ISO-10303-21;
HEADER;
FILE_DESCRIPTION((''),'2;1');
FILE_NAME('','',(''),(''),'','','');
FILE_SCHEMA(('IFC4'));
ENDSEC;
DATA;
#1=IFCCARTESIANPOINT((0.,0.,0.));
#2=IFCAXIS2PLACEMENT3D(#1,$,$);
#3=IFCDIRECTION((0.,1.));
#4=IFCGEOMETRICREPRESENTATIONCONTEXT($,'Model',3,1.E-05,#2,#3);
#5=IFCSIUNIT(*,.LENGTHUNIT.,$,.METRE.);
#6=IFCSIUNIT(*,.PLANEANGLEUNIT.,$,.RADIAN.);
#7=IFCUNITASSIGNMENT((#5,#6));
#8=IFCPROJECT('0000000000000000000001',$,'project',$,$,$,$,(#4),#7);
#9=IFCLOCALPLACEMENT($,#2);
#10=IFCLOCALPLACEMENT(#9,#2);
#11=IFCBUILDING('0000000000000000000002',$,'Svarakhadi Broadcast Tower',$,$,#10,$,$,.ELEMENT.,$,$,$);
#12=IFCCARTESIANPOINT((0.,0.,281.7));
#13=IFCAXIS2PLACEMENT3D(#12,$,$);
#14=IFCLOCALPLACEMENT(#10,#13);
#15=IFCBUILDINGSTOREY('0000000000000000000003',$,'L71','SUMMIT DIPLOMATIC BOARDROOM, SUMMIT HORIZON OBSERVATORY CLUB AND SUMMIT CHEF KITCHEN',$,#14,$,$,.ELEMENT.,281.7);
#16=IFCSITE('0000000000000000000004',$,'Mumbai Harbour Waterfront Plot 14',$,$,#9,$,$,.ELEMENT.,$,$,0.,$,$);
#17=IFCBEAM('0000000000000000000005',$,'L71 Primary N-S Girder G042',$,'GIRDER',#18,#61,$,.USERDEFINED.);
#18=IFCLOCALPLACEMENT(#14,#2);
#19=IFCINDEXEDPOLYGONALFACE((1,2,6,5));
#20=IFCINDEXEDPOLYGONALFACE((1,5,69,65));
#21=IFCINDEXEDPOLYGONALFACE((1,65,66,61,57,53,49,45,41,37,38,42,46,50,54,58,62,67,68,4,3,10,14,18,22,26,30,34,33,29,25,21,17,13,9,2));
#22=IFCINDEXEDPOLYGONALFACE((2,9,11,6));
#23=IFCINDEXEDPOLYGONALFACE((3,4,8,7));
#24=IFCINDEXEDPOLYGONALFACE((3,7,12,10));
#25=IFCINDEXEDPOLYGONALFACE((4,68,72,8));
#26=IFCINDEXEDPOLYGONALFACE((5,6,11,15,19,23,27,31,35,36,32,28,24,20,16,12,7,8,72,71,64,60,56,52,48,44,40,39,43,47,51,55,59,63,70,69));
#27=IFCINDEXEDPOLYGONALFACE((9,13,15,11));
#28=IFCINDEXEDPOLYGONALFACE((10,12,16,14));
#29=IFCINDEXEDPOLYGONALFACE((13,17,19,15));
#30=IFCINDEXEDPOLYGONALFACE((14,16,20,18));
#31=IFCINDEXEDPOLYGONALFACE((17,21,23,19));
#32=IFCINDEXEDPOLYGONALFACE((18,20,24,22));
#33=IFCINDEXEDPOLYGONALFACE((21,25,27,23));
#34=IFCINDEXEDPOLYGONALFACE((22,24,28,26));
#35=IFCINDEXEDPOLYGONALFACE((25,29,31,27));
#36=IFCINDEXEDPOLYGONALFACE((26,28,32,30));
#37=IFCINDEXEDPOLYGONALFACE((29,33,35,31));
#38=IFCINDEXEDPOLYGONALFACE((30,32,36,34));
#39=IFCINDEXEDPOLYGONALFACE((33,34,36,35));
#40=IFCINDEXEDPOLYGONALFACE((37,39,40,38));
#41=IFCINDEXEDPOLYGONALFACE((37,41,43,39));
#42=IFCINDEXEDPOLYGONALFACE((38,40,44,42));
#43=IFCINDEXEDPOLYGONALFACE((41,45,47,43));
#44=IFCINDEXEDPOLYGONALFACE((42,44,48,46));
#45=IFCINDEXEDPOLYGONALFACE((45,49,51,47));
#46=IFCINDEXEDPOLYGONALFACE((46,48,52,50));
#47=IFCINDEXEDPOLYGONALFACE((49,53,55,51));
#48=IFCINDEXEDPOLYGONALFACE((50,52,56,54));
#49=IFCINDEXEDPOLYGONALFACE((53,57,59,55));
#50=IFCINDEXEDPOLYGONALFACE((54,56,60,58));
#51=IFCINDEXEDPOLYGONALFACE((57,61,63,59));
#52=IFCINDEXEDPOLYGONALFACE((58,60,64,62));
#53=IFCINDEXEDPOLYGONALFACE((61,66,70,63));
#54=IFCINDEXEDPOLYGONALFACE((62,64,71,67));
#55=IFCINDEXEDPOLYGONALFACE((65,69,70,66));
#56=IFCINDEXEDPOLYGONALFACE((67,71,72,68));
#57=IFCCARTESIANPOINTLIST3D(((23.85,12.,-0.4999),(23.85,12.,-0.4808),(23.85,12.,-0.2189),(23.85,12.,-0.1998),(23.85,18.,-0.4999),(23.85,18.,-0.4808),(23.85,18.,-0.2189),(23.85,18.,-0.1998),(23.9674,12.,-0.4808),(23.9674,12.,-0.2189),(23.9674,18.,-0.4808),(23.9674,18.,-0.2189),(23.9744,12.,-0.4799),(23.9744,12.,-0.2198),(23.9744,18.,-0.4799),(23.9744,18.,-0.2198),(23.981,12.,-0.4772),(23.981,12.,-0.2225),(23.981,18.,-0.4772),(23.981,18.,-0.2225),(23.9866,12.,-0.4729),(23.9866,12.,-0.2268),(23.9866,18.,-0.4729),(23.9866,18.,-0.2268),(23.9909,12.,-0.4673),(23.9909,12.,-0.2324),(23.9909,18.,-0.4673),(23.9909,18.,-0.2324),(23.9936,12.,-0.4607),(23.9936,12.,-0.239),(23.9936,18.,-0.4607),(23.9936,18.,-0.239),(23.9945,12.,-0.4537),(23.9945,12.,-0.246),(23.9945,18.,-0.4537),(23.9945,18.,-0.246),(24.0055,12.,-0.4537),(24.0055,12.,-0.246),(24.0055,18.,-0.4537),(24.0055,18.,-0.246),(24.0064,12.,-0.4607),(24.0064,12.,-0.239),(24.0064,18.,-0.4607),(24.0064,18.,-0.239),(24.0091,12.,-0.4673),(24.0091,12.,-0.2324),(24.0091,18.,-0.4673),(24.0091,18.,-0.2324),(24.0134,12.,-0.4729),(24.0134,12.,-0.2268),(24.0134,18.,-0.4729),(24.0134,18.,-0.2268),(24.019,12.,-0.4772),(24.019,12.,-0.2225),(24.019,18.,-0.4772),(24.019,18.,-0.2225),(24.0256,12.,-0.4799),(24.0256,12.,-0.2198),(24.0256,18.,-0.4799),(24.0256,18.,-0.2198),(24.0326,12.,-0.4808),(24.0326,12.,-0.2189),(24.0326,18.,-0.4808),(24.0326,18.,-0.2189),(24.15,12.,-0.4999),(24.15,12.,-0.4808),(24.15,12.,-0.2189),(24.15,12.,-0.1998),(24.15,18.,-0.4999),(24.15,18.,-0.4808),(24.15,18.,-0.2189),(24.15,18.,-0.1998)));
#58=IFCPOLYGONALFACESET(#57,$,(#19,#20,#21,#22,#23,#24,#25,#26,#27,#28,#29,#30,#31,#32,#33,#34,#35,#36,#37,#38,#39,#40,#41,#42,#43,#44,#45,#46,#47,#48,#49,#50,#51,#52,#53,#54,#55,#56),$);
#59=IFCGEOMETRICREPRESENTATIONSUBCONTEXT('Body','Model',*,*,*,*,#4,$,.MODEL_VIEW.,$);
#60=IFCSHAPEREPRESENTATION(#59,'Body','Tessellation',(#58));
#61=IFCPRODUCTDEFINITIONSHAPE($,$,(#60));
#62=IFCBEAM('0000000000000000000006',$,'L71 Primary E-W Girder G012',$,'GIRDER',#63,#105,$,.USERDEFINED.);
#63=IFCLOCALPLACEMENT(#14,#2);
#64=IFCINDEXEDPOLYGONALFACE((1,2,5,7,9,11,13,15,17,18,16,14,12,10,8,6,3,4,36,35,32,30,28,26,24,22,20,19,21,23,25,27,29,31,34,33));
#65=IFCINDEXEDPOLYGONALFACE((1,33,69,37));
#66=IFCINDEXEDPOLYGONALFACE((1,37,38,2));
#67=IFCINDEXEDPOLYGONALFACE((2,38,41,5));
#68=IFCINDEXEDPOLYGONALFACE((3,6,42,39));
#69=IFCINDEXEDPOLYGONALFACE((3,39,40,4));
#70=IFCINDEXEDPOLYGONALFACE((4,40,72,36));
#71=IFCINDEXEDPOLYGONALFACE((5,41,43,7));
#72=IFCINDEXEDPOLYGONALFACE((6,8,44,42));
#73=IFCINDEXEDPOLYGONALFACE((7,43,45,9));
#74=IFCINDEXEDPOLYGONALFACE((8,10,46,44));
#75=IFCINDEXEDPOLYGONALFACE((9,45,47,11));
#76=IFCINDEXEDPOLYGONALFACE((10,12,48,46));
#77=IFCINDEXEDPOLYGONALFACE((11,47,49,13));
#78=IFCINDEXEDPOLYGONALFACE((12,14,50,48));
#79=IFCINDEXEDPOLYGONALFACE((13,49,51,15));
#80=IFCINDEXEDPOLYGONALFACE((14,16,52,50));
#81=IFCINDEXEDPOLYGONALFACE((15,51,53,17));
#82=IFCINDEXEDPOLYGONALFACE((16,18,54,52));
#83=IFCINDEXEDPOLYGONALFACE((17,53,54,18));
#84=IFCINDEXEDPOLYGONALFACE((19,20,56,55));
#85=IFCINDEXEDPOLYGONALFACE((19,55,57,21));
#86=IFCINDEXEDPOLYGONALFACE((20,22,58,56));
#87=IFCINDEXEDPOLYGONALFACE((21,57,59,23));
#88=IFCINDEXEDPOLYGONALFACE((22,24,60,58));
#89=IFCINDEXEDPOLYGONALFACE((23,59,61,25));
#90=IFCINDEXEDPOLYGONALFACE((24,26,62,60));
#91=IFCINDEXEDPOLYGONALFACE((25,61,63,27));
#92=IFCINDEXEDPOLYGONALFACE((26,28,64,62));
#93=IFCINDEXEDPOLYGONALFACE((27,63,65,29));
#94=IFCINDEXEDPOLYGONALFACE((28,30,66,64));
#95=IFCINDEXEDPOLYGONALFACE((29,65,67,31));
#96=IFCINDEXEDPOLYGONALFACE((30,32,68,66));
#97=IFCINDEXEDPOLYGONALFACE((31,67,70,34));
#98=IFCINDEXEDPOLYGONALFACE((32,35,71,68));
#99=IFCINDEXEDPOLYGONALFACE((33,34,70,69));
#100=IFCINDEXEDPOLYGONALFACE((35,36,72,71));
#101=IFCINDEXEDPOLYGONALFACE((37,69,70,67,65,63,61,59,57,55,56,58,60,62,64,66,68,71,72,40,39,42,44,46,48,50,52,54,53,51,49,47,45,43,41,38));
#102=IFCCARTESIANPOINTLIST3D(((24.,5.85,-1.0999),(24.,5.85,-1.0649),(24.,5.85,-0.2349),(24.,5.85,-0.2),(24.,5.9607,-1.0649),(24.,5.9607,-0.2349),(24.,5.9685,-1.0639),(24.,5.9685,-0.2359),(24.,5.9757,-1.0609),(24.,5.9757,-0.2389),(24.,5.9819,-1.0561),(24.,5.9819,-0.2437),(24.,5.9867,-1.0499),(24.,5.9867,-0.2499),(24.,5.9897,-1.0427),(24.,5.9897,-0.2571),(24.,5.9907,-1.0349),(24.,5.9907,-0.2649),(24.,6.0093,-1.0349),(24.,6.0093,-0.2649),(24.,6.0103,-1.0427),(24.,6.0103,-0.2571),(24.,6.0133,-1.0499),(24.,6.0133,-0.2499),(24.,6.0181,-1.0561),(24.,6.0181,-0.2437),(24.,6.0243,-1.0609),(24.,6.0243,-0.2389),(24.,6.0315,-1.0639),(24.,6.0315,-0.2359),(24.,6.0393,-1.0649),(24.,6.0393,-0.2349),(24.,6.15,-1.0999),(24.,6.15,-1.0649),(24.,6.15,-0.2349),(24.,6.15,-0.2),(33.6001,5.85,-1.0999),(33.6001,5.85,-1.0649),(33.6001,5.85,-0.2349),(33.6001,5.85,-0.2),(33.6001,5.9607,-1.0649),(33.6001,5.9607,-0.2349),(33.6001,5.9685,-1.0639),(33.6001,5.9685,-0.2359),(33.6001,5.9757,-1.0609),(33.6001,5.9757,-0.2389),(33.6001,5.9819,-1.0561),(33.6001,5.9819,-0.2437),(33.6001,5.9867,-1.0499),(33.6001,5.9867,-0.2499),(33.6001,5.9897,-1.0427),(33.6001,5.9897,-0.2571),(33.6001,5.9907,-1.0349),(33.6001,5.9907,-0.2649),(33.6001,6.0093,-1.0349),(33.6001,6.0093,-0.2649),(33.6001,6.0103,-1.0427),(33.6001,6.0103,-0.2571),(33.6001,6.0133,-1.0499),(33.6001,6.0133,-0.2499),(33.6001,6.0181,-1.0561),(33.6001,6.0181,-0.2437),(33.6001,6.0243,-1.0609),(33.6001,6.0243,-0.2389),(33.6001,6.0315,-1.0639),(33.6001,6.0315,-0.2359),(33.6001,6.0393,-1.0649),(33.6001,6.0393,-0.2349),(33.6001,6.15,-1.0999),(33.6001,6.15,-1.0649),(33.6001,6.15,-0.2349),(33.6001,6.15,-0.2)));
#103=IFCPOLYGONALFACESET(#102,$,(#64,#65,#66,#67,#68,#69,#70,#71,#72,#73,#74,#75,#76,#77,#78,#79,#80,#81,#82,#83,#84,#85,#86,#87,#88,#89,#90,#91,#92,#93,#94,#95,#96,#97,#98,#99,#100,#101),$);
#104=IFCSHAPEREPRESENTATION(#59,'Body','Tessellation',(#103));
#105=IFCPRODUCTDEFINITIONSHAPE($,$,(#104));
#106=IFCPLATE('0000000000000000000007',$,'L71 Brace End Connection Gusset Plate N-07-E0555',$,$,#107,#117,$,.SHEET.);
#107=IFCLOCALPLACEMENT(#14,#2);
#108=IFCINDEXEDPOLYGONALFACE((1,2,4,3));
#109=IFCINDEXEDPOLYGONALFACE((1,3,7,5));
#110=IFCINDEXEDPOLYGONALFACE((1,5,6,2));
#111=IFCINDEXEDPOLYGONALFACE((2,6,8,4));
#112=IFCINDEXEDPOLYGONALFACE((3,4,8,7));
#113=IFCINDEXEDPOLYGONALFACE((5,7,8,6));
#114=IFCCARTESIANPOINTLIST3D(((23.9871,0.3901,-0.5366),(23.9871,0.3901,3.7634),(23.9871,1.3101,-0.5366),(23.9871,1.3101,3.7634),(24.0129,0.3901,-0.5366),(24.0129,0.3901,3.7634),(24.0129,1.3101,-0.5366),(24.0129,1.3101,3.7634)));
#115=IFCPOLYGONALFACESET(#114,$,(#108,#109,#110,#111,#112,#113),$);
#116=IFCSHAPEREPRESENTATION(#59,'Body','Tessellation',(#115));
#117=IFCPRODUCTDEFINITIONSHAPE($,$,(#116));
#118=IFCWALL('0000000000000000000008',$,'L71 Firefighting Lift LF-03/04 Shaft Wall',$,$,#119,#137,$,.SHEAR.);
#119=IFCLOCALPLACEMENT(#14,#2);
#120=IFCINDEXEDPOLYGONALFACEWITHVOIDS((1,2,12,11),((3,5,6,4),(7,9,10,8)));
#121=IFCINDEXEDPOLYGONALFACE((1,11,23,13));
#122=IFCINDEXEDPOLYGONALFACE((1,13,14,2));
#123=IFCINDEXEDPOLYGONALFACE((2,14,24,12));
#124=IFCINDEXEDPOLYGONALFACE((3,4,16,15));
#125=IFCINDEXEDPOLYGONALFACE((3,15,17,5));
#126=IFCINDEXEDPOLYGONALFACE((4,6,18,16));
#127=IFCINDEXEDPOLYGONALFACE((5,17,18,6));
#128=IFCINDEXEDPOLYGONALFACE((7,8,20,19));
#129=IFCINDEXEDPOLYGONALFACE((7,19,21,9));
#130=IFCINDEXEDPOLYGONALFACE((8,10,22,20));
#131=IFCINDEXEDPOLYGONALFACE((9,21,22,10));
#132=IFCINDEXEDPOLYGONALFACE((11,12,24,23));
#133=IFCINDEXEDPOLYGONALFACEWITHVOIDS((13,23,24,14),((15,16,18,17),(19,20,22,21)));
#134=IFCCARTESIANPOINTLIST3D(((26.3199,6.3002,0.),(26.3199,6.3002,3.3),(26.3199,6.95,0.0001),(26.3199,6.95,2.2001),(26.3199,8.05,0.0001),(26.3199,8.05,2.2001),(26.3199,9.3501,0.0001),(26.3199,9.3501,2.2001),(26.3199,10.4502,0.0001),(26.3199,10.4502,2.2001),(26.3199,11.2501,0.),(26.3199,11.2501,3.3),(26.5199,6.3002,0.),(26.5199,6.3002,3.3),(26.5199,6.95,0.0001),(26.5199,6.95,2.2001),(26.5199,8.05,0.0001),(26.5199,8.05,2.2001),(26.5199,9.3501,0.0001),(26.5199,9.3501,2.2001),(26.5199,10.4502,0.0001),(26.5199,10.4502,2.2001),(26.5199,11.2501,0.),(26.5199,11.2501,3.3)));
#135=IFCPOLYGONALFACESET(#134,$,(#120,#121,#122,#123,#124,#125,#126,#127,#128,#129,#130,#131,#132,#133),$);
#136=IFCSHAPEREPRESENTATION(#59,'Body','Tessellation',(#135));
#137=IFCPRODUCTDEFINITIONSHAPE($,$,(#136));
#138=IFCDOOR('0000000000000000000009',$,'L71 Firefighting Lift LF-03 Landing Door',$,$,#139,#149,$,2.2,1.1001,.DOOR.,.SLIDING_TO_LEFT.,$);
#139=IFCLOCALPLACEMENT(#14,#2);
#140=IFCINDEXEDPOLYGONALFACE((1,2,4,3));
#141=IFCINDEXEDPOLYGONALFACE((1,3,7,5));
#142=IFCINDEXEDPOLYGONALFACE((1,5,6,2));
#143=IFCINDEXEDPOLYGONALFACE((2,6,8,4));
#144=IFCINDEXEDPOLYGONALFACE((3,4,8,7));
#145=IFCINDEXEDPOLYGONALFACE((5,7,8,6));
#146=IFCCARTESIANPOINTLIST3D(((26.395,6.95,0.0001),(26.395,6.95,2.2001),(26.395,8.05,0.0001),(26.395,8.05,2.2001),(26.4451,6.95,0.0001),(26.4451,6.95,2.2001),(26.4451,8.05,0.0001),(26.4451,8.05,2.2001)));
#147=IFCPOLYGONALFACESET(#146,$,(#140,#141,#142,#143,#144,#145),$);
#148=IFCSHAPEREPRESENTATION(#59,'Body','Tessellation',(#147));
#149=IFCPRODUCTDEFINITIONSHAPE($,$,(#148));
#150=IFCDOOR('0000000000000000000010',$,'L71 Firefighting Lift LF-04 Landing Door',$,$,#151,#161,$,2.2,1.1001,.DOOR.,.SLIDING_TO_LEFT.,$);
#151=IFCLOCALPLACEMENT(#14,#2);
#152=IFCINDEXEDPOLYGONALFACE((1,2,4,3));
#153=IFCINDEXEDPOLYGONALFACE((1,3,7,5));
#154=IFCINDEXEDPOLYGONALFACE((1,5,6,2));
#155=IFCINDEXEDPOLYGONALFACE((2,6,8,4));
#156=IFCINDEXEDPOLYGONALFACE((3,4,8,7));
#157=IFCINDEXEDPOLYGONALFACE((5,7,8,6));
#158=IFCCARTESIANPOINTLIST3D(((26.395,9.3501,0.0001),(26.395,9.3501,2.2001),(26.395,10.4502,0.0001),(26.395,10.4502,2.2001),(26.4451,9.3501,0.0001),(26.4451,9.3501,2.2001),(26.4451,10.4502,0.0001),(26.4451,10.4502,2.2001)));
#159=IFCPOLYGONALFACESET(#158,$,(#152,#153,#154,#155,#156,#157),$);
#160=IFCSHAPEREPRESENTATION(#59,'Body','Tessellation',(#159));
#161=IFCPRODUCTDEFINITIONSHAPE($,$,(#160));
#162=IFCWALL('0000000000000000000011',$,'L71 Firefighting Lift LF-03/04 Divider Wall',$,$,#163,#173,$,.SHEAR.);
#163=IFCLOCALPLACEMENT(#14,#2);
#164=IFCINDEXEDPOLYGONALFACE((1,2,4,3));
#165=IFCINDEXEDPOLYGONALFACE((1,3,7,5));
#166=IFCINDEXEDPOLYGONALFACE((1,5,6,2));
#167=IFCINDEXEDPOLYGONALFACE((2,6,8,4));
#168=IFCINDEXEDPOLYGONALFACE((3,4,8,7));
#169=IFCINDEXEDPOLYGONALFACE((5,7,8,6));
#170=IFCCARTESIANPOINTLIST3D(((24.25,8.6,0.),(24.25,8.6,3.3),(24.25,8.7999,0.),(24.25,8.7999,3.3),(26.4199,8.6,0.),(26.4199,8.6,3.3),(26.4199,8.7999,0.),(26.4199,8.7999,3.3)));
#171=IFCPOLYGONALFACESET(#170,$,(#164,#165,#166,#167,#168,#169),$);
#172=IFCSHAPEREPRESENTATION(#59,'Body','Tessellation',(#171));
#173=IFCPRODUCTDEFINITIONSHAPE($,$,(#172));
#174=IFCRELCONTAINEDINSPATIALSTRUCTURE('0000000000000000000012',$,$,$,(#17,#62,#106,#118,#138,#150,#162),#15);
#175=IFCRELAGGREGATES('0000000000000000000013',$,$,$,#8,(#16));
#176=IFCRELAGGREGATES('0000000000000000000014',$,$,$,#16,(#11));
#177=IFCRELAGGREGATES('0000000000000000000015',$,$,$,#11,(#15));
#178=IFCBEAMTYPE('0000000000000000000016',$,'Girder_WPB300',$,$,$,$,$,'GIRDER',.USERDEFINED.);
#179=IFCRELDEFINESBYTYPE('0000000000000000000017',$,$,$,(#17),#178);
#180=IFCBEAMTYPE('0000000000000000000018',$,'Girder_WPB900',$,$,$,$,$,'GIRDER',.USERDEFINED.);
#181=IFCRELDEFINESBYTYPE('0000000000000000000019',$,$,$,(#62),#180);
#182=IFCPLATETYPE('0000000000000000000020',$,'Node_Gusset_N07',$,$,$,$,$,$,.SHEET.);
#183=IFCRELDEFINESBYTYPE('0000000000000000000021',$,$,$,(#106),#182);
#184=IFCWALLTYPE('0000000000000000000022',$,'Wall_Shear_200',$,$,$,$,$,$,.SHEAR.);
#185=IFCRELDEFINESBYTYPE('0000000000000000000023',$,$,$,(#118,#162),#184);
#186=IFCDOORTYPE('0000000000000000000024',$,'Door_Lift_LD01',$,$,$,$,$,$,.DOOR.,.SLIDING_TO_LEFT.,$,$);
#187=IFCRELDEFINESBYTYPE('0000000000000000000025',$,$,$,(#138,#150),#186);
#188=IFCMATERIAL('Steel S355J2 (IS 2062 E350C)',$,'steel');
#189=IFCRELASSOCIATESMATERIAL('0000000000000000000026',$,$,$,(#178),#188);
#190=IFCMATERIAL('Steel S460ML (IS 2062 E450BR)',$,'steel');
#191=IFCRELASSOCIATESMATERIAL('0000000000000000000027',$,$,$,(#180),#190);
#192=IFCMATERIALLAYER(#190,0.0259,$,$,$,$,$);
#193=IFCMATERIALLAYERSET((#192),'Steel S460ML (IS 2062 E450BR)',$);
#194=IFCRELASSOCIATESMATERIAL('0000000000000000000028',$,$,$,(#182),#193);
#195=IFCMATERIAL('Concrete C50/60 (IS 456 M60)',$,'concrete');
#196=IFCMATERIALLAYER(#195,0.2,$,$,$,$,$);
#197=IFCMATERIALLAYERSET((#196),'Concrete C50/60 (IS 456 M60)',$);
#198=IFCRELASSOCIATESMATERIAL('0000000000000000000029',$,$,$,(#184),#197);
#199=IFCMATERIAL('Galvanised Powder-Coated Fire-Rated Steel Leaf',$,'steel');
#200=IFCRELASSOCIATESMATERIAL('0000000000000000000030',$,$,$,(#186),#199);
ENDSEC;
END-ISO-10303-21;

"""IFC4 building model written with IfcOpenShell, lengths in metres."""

from ifc_helpers import new_model, si_unit, direction, frame, frame_2d, origin, origin_2d, place, context, subcontext, project, spatial, rectangle, i_section, extrude, material, layer, layer_set, material_profile, profile_set, type_object, element, fill, save


model = new_model("IFC4")

# Units and contexts
model_context = context("Model", 3, precision=1e-05, world=origin(), true_north=direction((0.0, 1.0)))
body_context = subcontext(model_context, "Body", "Model", "MODEL_VIEW")
ifc_project = project(units=[si_unit("LENGTHUNIT", "METRE"), si_unit("PLANEANGLEUNIT", "RADIAN")], contexts=[model_context])

# Site, building, storey
site_placement = place(None, origin())
site = spatial("IfcSite", under=ifc_project, at=site_placement, Name="Mumbai Harbour Waterfront Plot 14", CompositionType="ELEMENT", RefElevation=0.0)
building_placement = place(site_placement, origin())
building = spatial("IfcBuilding", under=site, at=building_placement, Name="Svarakhadi Broadcast Tower", CompositionType="ELEMENT")
storey_placement = place(building_placement, frame((0.0, 0.0, 281.7)))
storey = spatial("IfcBuildingStorey", under=building, at=storey_placement, Name="L71", Description="SUMMIT DIPLOMATIC BOARDROOM, SUMMIT HORIZON OBSERVATORY CLUB AND SUMMIT CHEF KITCHEN", CompositionType="ELEMENT", Elevation=281.7)

# Shared definitions
ifc_material_1 = material(Name="Concrete C50/60 (IS 456 M60)", Category="concrete")
ifc_material_2 = material(Name="Steel S460ML (IS 2062 E450BR)", Category="steel")

# Beams
ifc_material_3 = material(Name="Steel S355J2 (IS 2062 E350C)", Category="steel")
ifc_material_profile_1 = material_profile(ifc_material_3, i_section(OverallWidth=0.3, OverallDepth=0.3, WebThickness=0.011, FlangeThickness=0.019, FilletRadius=0.0271, at=origin_2d()), Name="WPB 300x300x117")
ifc_profile_set_1 = profile_set([ifc_material_profile_1], Name="Steel S355J2 (IS 2062 E350C)")
beam_type_1 = type_object("IfcBeamType", Name="Girder_WPB300", ElementType="GIRDER", PredefinedType="USERDEFINED", material=ifc_profile_set_1)
for number, where, z_axis, x_axis, name in (
    (1, (24.0, 12.0, -0.3499), (0.0, 1.0, 0.0), (-1.0, 0.0, 0.0), "L71 Primary N-S Girder G042"),
):
    element("IfcBeam", number, at=place(storey_placement, frame(where, z_axis=z_axis, x_axis=x_axis)), inside=storey, type_object=beam_type_1, Name=name, ObjectType="GIRDER", PredefinedType="USERDEFINED", context=body_context, shape_type="SweptSolid", body=[
        extrude(i_section(OverallWidth=0.3, OverallDepth=0.3, WebThickness=0.011, FlangeThickness=0.019, FilletRadius=0.0271, at=origin_2d()), origin(), (0.0, 0.0, 1.0), 6.0),
    ])
ifc_material_profile_2 = material_profile(ifc_material_2, i_section(OverallWidth=0.3, OverallDepth=0.8999, WebThickness=0.0186, FlangeThickness=0.0349, FilletRadius=0.03, at=origin_2d()), Name="WPB 900x300x291")
ifc_profile_set_2 = profile_set([ifc_material_profile_2], Name="Steel S460ML (IS 2062 E450BR)")
beam_type_2 = type_object("IfcBeamType", Name="Girder_WPB900", ElementType="GIRDER", PredefinedType="USERDEFINED", material=ifc_profile_set_2)
beam_1_placement = place(storey_placement, frame((24.0, 6.0, -0.6499), z_axis=(1.0, 0.0, 0.0), x_axis=(0.0, 1.0, 0.0)))
element("IfcBeam", 2, at=beam_1_placement, inside=storey, type_object=beam_type_2, Name="L71 Primary E-W Girder G012", ObjectType="GIRDER", PredefinedType="USERDEFINED", context=body_context, shape_type="SweptSolid", body=[
    extrude(i_section(OverallWidth=0.3, OverallDepth=0.8999, WebThickness=0.0186, FlangeThickness=0.0349, FilletRadius=0.03, at=origin_2d()), origin(), (0.0, 0.0, 1.0), 9.6001),
])

# Plate
ifc_layer_1 = layer(ifc_material_2, 0.0259)
ifc_layer_set_1 = layer_set([ifc_layer_1], Name="Steel S460ML (IS 2062 E450BR)")
plate_type = type_object("IfcPlateType", Name="Node_Gusset_N07", PredefinedType="SHEET", material=ifc_layer_set_1)
plate_placement = place(storey_placement, frame((24.0, 0.8501, -0.5366), z_axis=(0.0, 0.0, 1.0), x_axis=(0.0, 1.0, 0.0)))
element("IfcPlate", 3, at=plate_placement, inside=storey, type_object=plate_type, Name="L71 Brace End Connection Gusset Plate N-07-E0555", PredefinedType="SHEET", context=body_context, shape_type="SweptSolid", body=[
    extrude(rectangle(XDim=0.9199, YDim=0.0259, at=origin_2d()), origin(), (0.0, 0.0, 1.0), 4.3),
])

# Wall, openings, doors
ifc_layer_2 = layer(ifc_material_1, 0.2)
ifc_layer_set_2 = layer_set([ifc_layer_2], Name="Concrete C50/60 (IS 456 M60)")
wall_type_1 = type_object("IfcWallType", Name="Wall_Shear_200", PredefinedType="SHEAR", material=ifc_layer_set_2)
wall_1_placement = place(storey_placement, frame((26.4199, 6.3, 0.0), z_axis=(0.0, 0.0, 1.0), x_axis=(0.0, 1.0, 0.0)))
wall_1 = element("IfcWall", 4, at=wall_1_placement, inside=storey, type_object=wall_type_1, Name="L71 Firefighting Lift LF-03/04 Shaft Wall", PredefinedType="SHEAR", context=body_context, shape_type="SweptSolid", body=[
    extrude(rectangle(XDim=4.95, YDim=0.2, at=frame_2d((2.4751, 0.0))), origin(), (0.0, 0.0, 1.0), 3.3),
])
opening_1_placement = place(wall_1_placement, frame((0.6499, 0.0, 0.0)))
opening_1 = element("IfcOpeningElement", 5, at=opening_1_placement, cuts=wall_1, PredefinedType="OPENING", context=body_context, shape_type="SweptSolid", body=[
    extrude(rectangle(XDim=1.1001, YDim=2.2, at=frame_2d((0.55, 1.1001))), frame((0.0, 0.1099, 0.0), z_axis=(0.0, -1.0, 0.0), x_axis=(1.0, 0.0, 0.0)), (0.0, 0.0, 1.0), 0.22),
])
opening_2_placement = place(wall_1_placement, frame((3.05, 0.0, 0.0)))
opening_2 = element("IfcOpeningElement", 6, at=opening_2_placement, cuts=wall_1, PredefinedType="OPENING", context=body_context, shape_type="SweptSolid", body=[
    extrude(rectangle(XDim=1.1001, YDim=2.2, at=frame_2d((0.55, 1.1001))), frame((0.0, 0.1099, 0.0), z_axis=(0.0, -1.0, 0.0), x_axis=(1.0, 0.0, 0.0)), (0.0, 0.0, 1.0), 0.22),
])
ifc_material_4 = material(Name="Galvanised Powder-Coated Fire-Rated Steel Leaf", Category="steel")
door_type_1 = type_object("IfcDoorType", Name="Door_Lift_LD01", OperationType="SLIDING_TO_LEFT", PredefinedType="DOOR", material=ifc_material_4)
door_1_placement = place(opening_1_placement, origin())
door_1 = element("IfcDoor", 7, at=door_1_placement, inside=storey, type_object=door_type_1, Name="L71 Firefighting Lift LF-03 Landing Door", OperationType="SLIDING_TO_LEFT", OverallHeight=2.2, OverallWidth=1.1001, PredefinedType="DOOR", context=body_context, shape_type="SweptSolid", body=[
    extrude(rectangle(XDim=1.1001, YDim=2.2, at=frame_2d((0.55, 1.1001))), frame((0.0, 0.0249, 0.0), z_axis=(0.0, -1.0, 0.0), x_axis=(1.0, 0.0, 0.0)), (0.0, 0.0, 1.0), 0.05),
])
fill(opening_1, door_1)
door_2_placement = place(opening_2_placement, origin())
door_2 = element("IfcDoor", 8, at=door_2_placement, inside=storey, type_object=door_type_1, Name="L71 Firefighting Lift LF-04 Landing Door", OperationType="SLIDING_TO_LEFT", OverallHeight=2.2, OverallWidth=1.1001, PredefinedType="DOOR", context=body_context, shape_type="SweptSolid", body=[
    extrude(rectangle(XDim=1.1001, YDim=2.2, at=frame_2d((0.55, 1.1001))), frame((0.0, 0.0249, 0.0), z_axis=(0.0, -1.0, 0.0), x_axis=(1.0, 0.0, 0.0)), (0.0, 0.0, 1.0), 0.05),
])
fill(opening_2, door_2)

# Wall
for number, where, z_axis, x_axis, name in (
    (9, (24.25, 8.7, 0.0), (0.0, 0.0, 1.0), (1.0, 0.0, 0.0), "L71 Firefighting Lift LF-03/04 Divider Wall"),
):
    element("IfcWall", number, at=place(storey_placement, frame(where, z_axis=z_axis, x_axis=x_axis)), inside=storey, type_object=wall_type_1, Name=name, PredefinedType="SHEAR", context=body_context, shape_type="SweptSolid", body=[
        extrude(rectangle(XDim=2.1699, YDim=0.2, at=frame_2d((1.085, 0.0))), origin(), (0.0, 0.0, 1.0), 3.3),
    ])

save(model, "model.ifc")
